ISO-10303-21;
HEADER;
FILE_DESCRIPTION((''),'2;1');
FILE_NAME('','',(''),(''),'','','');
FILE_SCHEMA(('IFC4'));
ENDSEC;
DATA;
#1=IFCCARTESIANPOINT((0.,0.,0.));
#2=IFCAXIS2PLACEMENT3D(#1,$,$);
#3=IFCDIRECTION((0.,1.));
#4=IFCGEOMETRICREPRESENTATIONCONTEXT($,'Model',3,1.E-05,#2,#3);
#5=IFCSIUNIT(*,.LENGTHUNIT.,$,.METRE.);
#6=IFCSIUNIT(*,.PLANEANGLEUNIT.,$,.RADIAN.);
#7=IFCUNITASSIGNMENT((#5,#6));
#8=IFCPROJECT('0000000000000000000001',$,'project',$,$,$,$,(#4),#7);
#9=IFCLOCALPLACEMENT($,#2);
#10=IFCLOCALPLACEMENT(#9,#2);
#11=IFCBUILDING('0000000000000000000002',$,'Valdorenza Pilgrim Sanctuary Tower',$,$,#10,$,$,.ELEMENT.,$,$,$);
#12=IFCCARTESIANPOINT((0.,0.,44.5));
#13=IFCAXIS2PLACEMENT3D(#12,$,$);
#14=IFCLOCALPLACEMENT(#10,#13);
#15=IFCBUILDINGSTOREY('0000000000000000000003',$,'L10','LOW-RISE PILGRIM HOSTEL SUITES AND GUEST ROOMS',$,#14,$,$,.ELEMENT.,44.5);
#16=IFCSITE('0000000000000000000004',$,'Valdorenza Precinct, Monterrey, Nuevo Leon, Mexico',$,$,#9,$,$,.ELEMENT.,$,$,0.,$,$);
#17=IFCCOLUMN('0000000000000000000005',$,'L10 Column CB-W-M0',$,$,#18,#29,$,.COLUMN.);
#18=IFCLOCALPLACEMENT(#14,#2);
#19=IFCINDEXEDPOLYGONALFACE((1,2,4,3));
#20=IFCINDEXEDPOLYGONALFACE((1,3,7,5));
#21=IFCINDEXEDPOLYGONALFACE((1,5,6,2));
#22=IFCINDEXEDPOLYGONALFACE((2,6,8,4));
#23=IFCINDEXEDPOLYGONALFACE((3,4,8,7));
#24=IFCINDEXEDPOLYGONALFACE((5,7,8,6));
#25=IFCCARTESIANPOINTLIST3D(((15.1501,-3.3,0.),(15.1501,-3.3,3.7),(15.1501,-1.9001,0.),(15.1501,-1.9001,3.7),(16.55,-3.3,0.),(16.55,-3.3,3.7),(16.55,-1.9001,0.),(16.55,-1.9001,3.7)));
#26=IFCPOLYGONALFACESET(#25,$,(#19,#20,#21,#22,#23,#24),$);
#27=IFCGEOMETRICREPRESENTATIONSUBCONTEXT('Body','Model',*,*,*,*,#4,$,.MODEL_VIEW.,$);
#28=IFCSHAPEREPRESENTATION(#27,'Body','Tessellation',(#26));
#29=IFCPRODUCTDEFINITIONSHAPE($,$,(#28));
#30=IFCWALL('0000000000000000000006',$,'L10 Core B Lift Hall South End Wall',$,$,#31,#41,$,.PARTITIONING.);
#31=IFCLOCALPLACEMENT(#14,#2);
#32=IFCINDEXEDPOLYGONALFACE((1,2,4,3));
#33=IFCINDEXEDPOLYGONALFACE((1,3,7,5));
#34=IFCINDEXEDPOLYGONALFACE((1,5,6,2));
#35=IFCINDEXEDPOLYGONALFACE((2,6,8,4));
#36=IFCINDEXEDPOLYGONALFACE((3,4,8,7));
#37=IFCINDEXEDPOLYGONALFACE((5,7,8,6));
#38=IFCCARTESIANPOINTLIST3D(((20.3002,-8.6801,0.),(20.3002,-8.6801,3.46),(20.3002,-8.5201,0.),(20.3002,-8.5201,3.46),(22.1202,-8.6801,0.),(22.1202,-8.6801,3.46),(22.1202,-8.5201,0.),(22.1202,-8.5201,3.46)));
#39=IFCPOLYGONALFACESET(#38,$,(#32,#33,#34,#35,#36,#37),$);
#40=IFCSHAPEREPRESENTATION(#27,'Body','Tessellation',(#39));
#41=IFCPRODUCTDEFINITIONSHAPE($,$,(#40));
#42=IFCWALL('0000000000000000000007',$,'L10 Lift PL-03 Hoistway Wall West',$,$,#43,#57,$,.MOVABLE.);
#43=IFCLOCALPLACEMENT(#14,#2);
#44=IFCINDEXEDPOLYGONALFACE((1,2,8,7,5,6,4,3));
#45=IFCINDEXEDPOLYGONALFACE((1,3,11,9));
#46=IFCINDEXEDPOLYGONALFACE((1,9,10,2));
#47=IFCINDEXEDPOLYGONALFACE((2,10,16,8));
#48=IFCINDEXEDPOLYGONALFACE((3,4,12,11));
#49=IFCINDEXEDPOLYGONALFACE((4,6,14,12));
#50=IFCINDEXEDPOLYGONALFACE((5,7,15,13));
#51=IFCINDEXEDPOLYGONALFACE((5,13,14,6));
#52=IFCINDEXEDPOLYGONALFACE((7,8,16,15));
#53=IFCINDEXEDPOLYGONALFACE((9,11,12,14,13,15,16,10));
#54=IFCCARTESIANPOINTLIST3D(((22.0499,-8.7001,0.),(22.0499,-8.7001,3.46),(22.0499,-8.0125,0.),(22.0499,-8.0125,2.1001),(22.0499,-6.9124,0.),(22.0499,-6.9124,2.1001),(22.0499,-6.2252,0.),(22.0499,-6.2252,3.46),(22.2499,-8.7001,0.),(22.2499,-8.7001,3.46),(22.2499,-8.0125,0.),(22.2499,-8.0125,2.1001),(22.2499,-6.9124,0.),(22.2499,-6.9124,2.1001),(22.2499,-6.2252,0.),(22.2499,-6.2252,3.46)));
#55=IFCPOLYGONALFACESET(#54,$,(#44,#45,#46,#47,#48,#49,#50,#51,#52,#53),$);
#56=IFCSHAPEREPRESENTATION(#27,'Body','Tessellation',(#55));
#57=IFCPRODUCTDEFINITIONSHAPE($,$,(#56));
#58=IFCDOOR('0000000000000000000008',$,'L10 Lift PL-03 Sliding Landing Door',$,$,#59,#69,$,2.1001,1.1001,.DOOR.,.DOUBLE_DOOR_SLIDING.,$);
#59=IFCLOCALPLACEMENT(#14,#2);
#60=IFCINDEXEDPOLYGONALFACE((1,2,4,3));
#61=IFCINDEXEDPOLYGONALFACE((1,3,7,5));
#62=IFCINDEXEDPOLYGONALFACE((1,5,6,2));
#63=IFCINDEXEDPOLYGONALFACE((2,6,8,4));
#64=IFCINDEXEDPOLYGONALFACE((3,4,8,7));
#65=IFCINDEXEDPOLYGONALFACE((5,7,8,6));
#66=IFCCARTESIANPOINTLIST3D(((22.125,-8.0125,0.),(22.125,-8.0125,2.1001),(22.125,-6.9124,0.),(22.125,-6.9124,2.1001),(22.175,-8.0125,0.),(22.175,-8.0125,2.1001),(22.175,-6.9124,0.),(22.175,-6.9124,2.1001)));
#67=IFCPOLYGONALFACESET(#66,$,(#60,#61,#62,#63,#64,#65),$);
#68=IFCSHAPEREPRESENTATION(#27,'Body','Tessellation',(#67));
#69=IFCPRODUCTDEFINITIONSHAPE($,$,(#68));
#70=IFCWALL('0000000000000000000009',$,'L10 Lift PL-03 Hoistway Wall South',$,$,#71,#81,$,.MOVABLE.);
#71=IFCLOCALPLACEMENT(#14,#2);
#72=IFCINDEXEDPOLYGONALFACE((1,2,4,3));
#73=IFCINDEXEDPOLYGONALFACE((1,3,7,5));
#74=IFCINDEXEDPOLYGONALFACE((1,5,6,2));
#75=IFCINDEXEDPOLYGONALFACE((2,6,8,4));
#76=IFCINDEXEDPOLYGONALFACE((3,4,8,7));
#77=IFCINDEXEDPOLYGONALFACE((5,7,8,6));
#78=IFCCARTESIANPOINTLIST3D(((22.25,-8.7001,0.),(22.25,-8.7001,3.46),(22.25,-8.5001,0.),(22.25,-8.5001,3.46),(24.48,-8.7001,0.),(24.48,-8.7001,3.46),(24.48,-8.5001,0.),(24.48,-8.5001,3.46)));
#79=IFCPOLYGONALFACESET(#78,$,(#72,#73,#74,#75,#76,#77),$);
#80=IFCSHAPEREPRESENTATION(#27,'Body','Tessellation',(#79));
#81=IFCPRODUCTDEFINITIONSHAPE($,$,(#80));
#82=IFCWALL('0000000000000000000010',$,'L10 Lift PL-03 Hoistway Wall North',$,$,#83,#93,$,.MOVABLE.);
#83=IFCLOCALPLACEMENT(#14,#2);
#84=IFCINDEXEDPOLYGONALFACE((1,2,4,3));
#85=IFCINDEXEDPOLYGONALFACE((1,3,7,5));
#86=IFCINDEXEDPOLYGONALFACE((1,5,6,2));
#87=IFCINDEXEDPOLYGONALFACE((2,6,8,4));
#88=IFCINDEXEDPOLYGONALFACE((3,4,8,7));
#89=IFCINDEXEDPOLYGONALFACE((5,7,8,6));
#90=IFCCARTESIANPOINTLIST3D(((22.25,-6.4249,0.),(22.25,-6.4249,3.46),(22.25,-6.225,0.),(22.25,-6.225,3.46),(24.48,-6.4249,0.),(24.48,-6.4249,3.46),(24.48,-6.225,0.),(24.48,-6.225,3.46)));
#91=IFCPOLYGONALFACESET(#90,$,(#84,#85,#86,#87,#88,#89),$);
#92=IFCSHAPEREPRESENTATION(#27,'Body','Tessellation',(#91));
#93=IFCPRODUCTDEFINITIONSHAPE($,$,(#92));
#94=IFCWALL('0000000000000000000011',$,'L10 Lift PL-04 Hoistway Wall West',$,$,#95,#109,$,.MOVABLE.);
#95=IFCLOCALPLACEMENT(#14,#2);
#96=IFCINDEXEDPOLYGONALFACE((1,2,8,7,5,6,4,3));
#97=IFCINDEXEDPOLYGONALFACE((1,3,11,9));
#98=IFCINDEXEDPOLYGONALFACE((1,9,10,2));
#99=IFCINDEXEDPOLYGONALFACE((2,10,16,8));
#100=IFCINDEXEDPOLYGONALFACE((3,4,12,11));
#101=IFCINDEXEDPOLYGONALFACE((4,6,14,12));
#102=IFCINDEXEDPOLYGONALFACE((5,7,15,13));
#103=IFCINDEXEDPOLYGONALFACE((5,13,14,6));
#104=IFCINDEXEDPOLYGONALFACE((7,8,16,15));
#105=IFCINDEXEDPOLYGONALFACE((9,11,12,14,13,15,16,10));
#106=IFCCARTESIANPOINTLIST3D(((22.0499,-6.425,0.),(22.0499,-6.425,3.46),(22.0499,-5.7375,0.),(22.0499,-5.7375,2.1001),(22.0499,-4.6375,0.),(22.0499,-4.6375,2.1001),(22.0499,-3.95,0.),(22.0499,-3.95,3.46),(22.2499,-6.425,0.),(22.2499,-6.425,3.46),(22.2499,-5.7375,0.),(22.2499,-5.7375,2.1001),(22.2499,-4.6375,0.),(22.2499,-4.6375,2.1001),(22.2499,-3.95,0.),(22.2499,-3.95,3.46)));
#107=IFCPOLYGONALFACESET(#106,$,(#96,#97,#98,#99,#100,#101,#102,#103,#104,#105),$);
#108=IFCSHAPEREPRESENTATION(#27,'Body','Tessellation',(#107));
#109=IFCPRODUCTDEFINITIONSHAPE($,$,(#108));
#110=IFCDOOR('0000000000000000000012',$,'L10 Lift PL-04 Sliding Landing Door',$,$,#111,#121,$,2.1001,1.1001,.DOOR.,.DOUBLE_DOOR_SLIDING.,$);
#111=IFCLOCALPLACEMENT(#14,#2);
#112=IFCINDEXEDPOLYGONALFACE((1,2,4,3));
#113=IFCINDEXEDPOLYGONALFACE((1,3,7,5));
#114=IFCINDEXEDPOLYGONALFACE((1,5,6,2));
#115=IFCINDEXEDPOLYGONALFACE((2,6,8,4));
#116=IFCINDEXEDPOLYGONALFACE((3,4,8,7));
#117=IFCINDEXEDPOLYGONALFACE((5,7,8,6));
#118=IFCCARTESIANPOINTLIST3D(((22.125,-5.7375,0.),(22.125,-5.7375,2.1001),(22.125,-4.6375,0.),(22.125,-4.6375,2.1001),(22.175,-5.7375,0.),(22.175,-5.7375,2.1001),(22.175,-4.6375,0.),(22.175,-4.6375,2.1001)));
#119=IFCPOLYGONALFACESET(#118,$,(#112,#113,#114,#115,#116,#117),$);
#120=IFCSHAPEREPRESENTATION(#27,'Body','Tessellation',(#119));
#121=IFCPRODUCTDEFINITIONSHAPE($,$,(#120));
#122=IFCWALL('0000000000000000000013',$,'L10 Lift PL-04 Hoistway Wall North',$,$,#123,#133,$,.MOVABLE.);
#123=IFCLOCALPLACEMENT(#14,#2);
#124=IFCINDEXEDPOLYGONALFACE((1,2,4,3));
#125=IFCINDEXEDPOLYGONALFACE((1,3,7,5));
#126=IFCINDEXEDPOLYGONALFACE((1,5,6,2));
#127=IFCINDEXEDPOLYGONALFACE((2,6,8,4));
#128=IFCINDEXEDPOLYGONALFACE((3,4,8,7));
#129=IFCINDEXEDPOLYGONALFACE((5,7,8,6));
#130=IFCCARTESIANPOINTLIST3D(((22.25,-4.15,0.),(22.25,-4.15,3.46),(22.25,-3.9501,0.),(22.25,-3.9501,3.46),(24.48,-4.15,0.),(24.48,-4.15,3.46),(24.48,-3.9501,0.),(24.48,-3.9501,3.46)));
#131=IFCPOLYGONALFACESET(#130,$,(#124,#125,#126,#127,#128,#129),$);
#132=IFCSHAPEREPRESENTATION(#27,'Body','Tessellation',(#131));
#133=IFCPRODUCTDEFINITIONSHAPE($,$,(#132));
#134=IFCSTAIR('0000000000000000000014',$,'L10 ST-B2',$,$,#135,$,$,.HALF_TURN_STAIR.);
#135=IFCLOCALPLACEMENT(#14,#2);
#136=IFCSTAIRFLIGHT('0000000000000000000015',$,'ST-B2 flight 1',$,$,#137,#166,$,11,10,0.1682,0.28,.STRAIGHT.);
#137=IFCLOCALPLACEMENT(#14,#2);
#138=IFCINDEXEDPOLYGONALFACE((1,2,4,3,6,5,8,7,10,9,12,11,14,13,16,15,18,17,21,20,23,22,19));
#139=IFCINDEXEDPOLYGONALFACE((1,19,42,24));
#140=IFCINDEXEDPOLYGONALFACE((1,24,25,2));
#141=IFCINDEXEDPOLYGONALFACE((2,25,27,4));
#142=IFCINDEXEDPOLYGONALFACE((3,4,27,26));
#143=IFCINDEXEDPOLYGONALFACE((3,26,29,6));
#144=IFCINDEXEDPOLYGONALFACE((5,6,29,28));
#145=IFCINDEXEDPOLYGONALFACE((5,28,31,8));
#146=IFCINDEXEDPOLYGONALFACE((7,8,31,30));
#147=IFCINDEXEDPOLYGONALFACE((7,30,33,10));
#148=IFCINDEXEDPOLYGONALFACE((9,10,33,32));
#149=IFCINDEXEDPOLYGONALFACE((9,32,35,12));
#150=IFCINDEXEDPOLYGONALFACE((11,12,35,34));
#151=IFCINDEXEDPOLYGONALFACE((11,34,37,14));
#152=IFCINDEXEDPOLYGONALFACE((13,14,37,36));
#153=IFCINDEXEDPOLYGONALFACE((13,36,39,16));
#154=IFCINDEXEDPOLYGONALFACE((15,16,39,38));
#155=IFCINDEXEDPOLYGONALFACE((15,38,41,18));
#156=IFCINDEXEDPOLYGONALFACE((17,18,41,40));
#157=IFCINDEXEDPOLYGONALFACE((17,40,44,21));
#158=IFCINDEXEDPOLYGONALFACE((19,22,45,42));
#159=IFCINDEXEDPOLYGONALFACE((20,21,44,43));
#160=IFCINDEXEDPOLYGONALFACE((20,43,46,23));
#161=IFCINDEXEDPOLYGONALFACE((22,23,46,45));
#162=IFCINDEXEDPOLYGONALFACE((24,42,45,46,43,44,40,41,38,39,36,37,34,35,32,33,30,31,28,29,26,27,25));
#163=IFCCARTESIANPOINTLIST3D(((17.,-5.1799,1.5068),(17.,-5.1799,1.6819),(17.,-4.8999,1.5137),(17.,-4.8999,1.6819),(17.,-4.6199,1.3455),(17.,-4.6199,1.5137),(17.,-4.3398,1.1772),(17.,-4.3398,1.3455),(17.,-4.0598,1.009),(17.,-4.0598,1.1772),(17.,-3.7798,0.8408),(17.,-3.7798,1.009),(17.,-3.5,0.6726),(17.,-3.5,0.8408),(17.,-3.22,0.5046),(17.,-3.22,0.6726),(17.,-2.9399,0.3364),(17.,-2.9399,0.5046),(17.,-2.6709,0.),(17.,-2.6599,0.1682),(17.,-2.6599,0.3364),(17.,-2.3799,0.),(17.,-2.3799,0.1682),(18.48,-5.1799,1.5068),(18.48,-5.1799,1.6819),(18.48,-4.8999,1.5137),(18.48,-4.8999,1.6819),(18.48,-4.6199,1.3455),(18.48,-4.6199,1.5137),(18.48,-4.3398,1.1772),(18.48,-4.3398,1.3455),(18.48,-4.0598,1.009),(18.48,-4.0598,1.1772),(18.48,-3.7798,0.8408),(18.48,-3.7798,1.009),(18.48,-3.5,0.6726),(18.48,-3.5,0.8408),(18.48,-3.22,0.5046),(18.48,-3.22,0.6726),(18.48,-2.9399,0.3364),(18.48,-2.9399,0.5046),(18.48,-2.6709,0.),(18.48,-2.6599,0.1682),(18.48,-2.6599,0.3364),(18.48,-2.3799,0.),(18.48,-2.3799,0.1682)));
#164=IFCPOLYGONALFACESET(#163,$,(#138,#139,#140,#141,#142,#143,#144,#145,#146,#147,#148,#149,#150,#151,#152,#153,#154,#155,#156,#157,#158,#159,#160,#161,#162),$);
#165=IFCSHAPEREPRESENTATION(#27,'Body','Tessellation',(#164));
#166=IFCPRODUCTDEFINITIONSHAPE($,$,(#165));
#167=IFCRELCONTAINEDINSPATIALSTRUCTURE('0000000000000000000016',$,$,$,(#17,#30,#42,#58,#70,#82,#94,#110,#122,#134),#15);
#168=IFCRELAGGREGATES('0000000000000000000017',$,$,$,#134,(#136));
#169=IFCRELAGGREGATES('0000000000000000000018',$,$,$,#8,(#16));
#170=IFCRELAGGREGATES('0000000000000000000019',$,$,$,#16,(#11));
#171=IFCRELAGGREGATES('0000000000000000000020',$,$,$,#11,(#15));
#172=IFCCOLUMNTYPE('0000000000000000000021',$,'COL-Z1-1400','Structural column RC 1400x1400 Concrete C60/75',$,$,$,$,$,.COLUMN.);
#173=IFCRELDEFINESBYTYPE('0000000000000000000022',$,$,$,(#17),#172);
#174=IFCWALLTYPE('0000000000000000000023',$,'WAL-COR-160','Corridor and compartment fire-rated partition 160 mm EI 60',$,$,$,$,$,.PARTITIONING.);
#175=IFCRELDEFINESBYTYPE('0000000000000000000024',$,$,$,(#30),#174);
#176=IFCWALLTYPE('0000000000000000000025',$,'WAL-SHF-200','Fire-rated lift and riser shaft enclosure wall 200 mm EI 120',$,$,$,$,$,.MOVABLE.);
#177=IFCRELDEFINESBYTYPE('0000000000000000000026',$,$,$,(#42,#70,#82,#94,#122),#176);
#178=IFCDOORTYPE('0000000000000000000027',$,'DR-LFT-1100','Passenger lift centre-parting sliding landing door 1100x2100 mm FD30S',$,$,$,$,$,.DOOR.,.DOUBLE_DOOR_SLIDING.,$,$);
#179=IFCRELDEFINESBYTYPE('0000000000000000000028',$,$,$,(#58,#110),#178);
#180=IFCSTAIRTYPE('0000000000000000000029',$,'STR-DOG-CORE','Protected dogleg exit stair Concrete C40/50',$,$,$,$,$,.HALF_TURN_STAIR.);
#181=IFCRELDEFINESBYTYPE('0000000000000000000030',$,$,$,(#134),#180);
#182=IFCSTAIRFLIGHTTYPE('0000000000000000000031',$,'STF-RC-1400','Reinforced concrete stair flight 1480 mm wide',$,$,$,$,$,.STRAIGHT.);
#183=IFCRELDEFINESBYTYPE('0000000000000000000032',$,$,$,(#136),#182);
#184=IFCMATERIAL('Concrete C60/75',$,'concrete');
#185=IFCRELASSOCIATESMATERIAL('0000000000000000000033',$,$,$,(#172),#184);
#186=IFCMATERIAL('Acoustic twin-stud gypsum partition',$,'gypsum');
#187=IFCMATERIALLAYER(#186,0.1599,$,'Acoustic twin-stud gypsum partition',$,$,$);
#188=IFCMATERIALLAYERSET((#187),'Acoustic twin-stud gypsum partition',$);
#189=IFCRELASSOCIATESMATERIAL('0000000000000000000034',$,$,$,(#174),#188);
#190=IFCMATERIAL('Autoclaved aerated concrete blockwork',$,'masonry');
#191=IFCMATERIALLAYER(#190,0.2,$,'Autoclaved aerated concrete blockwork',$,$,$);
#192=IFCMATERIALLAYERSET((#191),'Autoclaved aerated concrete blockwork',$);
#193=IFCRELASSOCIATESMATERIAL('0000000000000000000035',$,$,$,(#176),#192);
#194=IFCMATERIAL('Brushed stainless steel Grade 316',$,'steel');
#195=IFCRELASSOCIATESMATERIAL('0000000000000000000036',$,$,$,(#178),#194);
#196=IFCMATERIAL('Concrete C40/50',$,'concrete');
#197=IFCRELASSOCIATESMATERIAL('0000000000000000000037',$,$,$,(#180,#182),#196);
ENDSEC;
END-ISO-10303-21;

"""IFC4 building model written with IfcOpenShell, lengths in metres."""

from ifc_helpers import new_model, si_unit, direction, frame, frame_2d, origin, origin_2d, place, context, subcontext, project, spatial, polyline, rectangle, outline, extrude, source, transform, mapped, material, layer, layer_set, material_profile, profile_set, type_object, element, fill, aggregate, save


model = new_model("IFC4")

# Units and contexts
model_context = context("Model", 3, precision=1e-05, world=origin(), true_north=direction((0.0, 1.0)))
body_context = subcontext(model_context, "Body", "Model", "MODEL_VIEW")
ifc_project = project(units=[si_unit("LENGTHUNIT", "METRE"), si_unit("PLANEANGLEUNIT", "RADIAN")], contexts=[model_context])

# Site, building, storey
site_placement = place(None, origin())
site = spatial("IfcSite", under=ifc_project, at=site_placement, Name="Valdorenza Precinct, Monterrey, Nuevo Leon, Mexico", CompositionType="ELEMENT", RefElevation=0.0)
building_placement = place(site_placement, origin())
building = spatial("IfcBuilding", under=site, at=building_placement, Name="Valdorenza Pilgrim Sanctuary Tower", CompositionType="ELEMENT")
storey_placement = place(building_placement, frame((0.0, 0.0, 44.5)))
storey = spatial("IfcBuildingStorey", under=building, at=storey_placement, Name="L10", Description="LOW-RISE PILGRIM HOSTEL SUITES AND GUEST ROOMS", CompositionType="ELEMENT", Elevation=44.5)

# Column
ifc_material_1 = material(Name="Concrete C60/75", Category="concrete")
ifc_material_profile = material_profile(ifc_material_1, rectangle(XDim=1.3999, YDim=1.3999, at=origin_2d()), Name="RC 1400x1400")
ifc_profile_set = profile_set([ifc_material_profile], Name="Concrete C60/75")
column_type = type_object("IfcColumnType", Name="COL-Z1-1400", Description="Structural column RC 1400x1400 Concrete C60/75", PredefinedType="COLUMN", material=ifc_profile_set)
shared_shape = source(origin(), body_context, "Body", "SweptSolid", [
    extrude(rectangle(XDim=1.3999, YDim=1.3999, at=origin_2d()), origin(), (0.0, 0.0, 1.0), 3.7),
])
column_placement = place(storey_placement, frame((15.8501, -2.6001, 0.0), z_axis=(0.0, 0.0, 1.0), x_axis=(1.0, 0.0, 0.0)))
element("IfcColumn", 1, at=column_placement, inside=storey, type_object=column_type, Name="L10 Column CB-W-M0", PredefinedType="COLUMN", context=body_context, shape_type="MappedRepresentation", body=[
    mapped(shared_shape, transform((0.0, 0.0, 0.0), x_axis=(1.0, 0.0, 0.0), y_axis=(0.0, 1.0, 0.0), z_axis=(0.0, 0.0, 1.0), scale=1.0)),
])

# Wall
ifc_material_2 = material(Name="Acoustic twin-stud gypsum partition", Category="gypsum")
ifc_layer_1 = layer(ifc_material_2, 0.1599, Name="Acoustic twin-stud gypsum partition")
ifc_layer_set_1 = layer_set([ifc_layer_1], Name="Acoustic twin-stud gypsum partition")
wall_type_1 = type_object("IfcWallType", Name="WAL-COR-160", Description="Corridor and compartment fire-rated partition 160 mm EI 60", PredefinedType="PARTITIONING", material=ifc_layer_set_1)
wall_1_placement = place(storey_placement, frame((20.3, -8.6001, 0.0), z_axis=(0.0, 0.0, 1.0), x_axis=(1.0, 0.0, 0.0)))
element("IfcWall", 2, at=wall_1_placement, inside=storey, type_object=wall_type_1, Name="L10 Core B Lift Hall South End Wall", PredefinedType="PARTITIONING", context=body_context, shape_type="SweptSolid", body=[
    extrude(rectangle(XDim=1.8201, YDim=0.1599, at=frame_2d((0.9102, 0.0))), origin(), (0.0, 0.0, 1.0), 3.46),
])

# Wall, opening, door
ifc_material_3 = material(Name="Autoclaved aerated concrete blockwork", Category="masonry")
ifc_layer_2 = layer(ifc_material_3, 0.2, Name="Autoclaved aerated concrete blockwork")
ifc_layer_set_2 = layer_set([ifc_layer_2], Name="Autoclaved aerated concrete blockwork")
wall_type_2 = type_object("IfcWallType", Name="WAL-SHF-200", Description="Fire-rated lift and riser shaft enclosure wall 200 mm EI 120", PredefinedType="MOVABLE", material=ifc_layer_set_2)
wall_2_placement = place(storey_placement, frame((22.1499, -8.7, 0.0), z_axis=(0.0, 0.0, 1.0), x_axis=(0.0, 1.0, 0.0)))
wall_2 = element("IfcWall", 3, at=wall_2_placement, inside=storey, type_object=wall_type_2, Name="L10 Lift PL-03 Hoistway Wall West", PredefinedType="MOVABLE", context=body_context, shape_type="SweptSolid", body=[
    extrude(rectangle(XDim=2.4749, YDim=0.2, at=frame_2d((1.2373, 0.0))), origin(), (0.0, 0.0, 1.0), 3.46),
])
opening_1_placement = place(wall_2_placement, frame((0.6875, 0.0, 0.0)))
opening_1 = element("IfcOpeningElement", 4, at=opening_1_placement, cuts=wall_2, PredefinedType="OPENING", context=body_context, shape_type="SweptSolid", body=[
    extrude(rectangle(XDim=1.1001, YDim=2.1001, at=frame_2d((0.55, 1.05))), frame((0.0, 0.1147, 0.0), z_axis=(0.0, -1.0, 0.0), x_axis=(1.0, 0.0, 0.0)), (0.0, 0.0, 1.0), 0.2297),
])
ifc_material_4 = material(Name="Brushed stainless steel Grade 316", Category="steel")
door_type_1 = type_object("IfcDoorType", Name="DR-LFT-1100", Description="Passenger lift centre-parting sliding landing door 1100x2100 mm FD30S", OperationType="DOUBLE_DOOR_SLIDING", PredefinedType="DOOR", material=ifc_material_4)
door_1_placement = place(opening_1_placement, origin())
door_1 = element("IfcDoor", 5, at=door_1_placement, inside=storey, type_object=door_type_1, Name="L10 Lift PL-03 Sliding Landing Door", OperationType="DOUBLE_DOOR_SLIDING", OverallHeight=2.1001, OverallWidth=1.1001, PredefinedType="DOOR", context=body_context, shape_type="SweptSolid", body=[
    extrude(rectangle(XDim=1.1001, YDim=2.1001, at=frame_2d((0.55, 1.05))), frame((0.0, 0.0249, 0.0), z_axis=(0.0, -1.0, 0.0), x_axis=(1.0, 0.0, 0.0)), (0.0, 0.0, 1.0), 0.05),
])
fill(opening_1, door_1)

# Walls
for number, where, z_axis, x_axis, name in (
    (6, (22.25, -8.6001, 0.0), (0.0, 0.0, 1.0), (1.0, 0.0, 0.0), "L10 Lift PL-03 Hoistway Wall South"),
    (7, (22.25, -6.325, 0.0), (0.0, 0.0, 1.0), (1.0, 0.0, 0.0), "L10 Lift PL-03 Hoistway Wall North"),
):
    element("IfcWall", number, at=place(storey_placement, frame(where, z_axis=z_axis, x_axis=x_axis)), inside=storey, type_object=wall_type_2, Name=name, PredefinedType="MOVABLE", context=body_context, shape_type="SweptSolid", body=[
        extrude(rectangle(XDim=2.23, YDim=0.2, at=frame_2d((1.115, 0.0))), origin(), (0.0, 0.0, 1.0), 3.46),
    ])

# Wall, opening, door
wall_3_placement = place(storey_placement, frame((22.1499, -6.425, 0.0), z_axis=(0.0, 0.0, 1.0), x_axis=(0.0, 1.0, 0.0)))
wall_3 = element("IfcWall", 8, at=wall_3_placement, inside=storey, type_object=wall_type_2, Name="L10 Lift PL-04 Hoistway Wall West", PredefinedType="MOVABLE", context=body_context, shape_type="SweptSolid", body=[
    extrude(rectangle(XDim=2.4751, YDim=0.2, at=frame_2d((1.2375, 0.0))), origin(), (0.0, 0.0, 1.0), 3.46),
])
opening_2_placement = place(wall_3_placement, frame((0.6875, 0.0, 0.0)))
opening_2 = element("IfcOpeningElement", 9, at=opening_2_placement, cuts=wall_3, PredefinedType="OPENING", context=body_context, shape_type="SweptSolid", body=[
    extrude(rectangle(XDim=1.1001, YDim=2.1001, at=frame_2d((0.55, 1.05))), frame((0.0, 0.1147, 0.0), z_axis=(0.0, -1.0, 0.0), x_axis=(1.0, 0.0, 0.0)), (0.0, 0.0, 1.0), 0.2297),
])
door_2_placement = place(opening_2_placement, origin())
door_2 = element("IfcDoor", 10, at=door_2_placement, inside=storey, type_object=door_type_1, Name="L10 Lift PL-04 Sliding Landing Door", OperationType="DOUBLE_DOOR_SLIDING", OverallHeight=2.1001, OverallWidth=1.1001, PredefinedType="DOOR", context=body_context, shape_type="SweptSolid", body=[
    extrude(rectangle(XDim=1.1001, YDim=2.1001, at=frame_2d((0.55, 1.05))), frame((0.0, 0.0249, 0.0), z_axis=(0.0, -1.0, 0.0), x_axis=(1.0, 0.0, 0.0)), (0.0, 0.0, 1.0), 0.05),
])
fill(opening_2, door_2)

# Wall
wall_4_placement = place(storey_placement, frame((22.25, -4.05, 0.0), z_axis=(0.0, 0.0, 1.0), x_axis=(1.0, 0.0, 0.0)))
element("IfcWall", 11, at=wall_4_placement, inside=storey, type_object=wall_type_2, Name="L10 Lift PL-04 Hoistway Wall North", PredefinedType="MOVABLE", context=body_context, shape_type="SweptSolid", body=[
    extrude(rectangle(XDim=2.23, YDim=0.2, at=frame_2d((1.115, 0.0))), origin(), (0.0, 0.0, 1.0), 3.46),
])

# Shared definitions
ifc_material_5 = material(Name="Concrete C40/50", Category="concrete")

# Stair, stair flight
stair_type = type_object("IfcStairType", Name="STR-DOG-CORE", Description="Protected dogleg exit stair Concrete C40/50", PredefinedType="HALF_TURN_STAIR", material=ifc_material_5)
stair_placement = place(storey_placement, origin())
stair = element("IfcStair", 12, at=stair_placement, inside=storey, type_object=stair_type, Name="L10 ST-B2", PredefinedType="HALF_TURN_STAIR")
stair_flight_type = type_object("IfcStairFlightType", Name="STF-RC-1400", Description="Reinforced concrete stair flight 1480 mm wide", PredefinedType="STRAIGHT", material=ifc_material_5)
stair_flight_1_placement = place(storey_placement, frame((17.74, -2.3799, 0.0), z_axis=(0.0, 0.0, 1.0), x_axis=(0.0, -1.0, 0.0)))
stair_flight_1 = element("IfcStairFlight", 13, at=stair_flight_1_placement, type_object=stair_flight_type, Name="ST-B2 flight 1", NumberOfRisers=11, NumberOfTreads=10, PredefinedType="STRAIGHT", RiserHeight=0.1682, TreadLength=0.28, context=body_context, shape_type="SweptSolid", body=[
    extrude(outline(polyline([(0.0, 0.0), (0.0, 0.1682), (0.28, 0.1682), (0.28, 0.3364), (0.5601, 0.3364), (0.5601, 0.5046), (0.8401, 0.5046), (0.8401, 0.6726), (1.1201, 0.6726), (1.1201, 0.8408), (1.3999, 0.8408), (1.3999, 1.009), (1.6799, 1.009), (1.6799, 1.1772), (1.96, 1.1772), (1.96, 1.3455), (2.24, 1.3455), (2.24, 1.5137), (2.52, 1.5137), (2.52, 1.6819), (2.8, 1.6819), (2.8, 1.8501), (2.8, 1.5068), (0.291, 0.0), (0.0, 0.0)])), frame((0.0, 0.74, 0.0), z_axis=(0.0, -1.0, 0.0), x_axis=(1.0, 0.0, 0.0)), (0.0, 0.0, 1.0), 1.48),
])
aggregate(stair, [stair_flight_1])

save(model, "model.ifc")
